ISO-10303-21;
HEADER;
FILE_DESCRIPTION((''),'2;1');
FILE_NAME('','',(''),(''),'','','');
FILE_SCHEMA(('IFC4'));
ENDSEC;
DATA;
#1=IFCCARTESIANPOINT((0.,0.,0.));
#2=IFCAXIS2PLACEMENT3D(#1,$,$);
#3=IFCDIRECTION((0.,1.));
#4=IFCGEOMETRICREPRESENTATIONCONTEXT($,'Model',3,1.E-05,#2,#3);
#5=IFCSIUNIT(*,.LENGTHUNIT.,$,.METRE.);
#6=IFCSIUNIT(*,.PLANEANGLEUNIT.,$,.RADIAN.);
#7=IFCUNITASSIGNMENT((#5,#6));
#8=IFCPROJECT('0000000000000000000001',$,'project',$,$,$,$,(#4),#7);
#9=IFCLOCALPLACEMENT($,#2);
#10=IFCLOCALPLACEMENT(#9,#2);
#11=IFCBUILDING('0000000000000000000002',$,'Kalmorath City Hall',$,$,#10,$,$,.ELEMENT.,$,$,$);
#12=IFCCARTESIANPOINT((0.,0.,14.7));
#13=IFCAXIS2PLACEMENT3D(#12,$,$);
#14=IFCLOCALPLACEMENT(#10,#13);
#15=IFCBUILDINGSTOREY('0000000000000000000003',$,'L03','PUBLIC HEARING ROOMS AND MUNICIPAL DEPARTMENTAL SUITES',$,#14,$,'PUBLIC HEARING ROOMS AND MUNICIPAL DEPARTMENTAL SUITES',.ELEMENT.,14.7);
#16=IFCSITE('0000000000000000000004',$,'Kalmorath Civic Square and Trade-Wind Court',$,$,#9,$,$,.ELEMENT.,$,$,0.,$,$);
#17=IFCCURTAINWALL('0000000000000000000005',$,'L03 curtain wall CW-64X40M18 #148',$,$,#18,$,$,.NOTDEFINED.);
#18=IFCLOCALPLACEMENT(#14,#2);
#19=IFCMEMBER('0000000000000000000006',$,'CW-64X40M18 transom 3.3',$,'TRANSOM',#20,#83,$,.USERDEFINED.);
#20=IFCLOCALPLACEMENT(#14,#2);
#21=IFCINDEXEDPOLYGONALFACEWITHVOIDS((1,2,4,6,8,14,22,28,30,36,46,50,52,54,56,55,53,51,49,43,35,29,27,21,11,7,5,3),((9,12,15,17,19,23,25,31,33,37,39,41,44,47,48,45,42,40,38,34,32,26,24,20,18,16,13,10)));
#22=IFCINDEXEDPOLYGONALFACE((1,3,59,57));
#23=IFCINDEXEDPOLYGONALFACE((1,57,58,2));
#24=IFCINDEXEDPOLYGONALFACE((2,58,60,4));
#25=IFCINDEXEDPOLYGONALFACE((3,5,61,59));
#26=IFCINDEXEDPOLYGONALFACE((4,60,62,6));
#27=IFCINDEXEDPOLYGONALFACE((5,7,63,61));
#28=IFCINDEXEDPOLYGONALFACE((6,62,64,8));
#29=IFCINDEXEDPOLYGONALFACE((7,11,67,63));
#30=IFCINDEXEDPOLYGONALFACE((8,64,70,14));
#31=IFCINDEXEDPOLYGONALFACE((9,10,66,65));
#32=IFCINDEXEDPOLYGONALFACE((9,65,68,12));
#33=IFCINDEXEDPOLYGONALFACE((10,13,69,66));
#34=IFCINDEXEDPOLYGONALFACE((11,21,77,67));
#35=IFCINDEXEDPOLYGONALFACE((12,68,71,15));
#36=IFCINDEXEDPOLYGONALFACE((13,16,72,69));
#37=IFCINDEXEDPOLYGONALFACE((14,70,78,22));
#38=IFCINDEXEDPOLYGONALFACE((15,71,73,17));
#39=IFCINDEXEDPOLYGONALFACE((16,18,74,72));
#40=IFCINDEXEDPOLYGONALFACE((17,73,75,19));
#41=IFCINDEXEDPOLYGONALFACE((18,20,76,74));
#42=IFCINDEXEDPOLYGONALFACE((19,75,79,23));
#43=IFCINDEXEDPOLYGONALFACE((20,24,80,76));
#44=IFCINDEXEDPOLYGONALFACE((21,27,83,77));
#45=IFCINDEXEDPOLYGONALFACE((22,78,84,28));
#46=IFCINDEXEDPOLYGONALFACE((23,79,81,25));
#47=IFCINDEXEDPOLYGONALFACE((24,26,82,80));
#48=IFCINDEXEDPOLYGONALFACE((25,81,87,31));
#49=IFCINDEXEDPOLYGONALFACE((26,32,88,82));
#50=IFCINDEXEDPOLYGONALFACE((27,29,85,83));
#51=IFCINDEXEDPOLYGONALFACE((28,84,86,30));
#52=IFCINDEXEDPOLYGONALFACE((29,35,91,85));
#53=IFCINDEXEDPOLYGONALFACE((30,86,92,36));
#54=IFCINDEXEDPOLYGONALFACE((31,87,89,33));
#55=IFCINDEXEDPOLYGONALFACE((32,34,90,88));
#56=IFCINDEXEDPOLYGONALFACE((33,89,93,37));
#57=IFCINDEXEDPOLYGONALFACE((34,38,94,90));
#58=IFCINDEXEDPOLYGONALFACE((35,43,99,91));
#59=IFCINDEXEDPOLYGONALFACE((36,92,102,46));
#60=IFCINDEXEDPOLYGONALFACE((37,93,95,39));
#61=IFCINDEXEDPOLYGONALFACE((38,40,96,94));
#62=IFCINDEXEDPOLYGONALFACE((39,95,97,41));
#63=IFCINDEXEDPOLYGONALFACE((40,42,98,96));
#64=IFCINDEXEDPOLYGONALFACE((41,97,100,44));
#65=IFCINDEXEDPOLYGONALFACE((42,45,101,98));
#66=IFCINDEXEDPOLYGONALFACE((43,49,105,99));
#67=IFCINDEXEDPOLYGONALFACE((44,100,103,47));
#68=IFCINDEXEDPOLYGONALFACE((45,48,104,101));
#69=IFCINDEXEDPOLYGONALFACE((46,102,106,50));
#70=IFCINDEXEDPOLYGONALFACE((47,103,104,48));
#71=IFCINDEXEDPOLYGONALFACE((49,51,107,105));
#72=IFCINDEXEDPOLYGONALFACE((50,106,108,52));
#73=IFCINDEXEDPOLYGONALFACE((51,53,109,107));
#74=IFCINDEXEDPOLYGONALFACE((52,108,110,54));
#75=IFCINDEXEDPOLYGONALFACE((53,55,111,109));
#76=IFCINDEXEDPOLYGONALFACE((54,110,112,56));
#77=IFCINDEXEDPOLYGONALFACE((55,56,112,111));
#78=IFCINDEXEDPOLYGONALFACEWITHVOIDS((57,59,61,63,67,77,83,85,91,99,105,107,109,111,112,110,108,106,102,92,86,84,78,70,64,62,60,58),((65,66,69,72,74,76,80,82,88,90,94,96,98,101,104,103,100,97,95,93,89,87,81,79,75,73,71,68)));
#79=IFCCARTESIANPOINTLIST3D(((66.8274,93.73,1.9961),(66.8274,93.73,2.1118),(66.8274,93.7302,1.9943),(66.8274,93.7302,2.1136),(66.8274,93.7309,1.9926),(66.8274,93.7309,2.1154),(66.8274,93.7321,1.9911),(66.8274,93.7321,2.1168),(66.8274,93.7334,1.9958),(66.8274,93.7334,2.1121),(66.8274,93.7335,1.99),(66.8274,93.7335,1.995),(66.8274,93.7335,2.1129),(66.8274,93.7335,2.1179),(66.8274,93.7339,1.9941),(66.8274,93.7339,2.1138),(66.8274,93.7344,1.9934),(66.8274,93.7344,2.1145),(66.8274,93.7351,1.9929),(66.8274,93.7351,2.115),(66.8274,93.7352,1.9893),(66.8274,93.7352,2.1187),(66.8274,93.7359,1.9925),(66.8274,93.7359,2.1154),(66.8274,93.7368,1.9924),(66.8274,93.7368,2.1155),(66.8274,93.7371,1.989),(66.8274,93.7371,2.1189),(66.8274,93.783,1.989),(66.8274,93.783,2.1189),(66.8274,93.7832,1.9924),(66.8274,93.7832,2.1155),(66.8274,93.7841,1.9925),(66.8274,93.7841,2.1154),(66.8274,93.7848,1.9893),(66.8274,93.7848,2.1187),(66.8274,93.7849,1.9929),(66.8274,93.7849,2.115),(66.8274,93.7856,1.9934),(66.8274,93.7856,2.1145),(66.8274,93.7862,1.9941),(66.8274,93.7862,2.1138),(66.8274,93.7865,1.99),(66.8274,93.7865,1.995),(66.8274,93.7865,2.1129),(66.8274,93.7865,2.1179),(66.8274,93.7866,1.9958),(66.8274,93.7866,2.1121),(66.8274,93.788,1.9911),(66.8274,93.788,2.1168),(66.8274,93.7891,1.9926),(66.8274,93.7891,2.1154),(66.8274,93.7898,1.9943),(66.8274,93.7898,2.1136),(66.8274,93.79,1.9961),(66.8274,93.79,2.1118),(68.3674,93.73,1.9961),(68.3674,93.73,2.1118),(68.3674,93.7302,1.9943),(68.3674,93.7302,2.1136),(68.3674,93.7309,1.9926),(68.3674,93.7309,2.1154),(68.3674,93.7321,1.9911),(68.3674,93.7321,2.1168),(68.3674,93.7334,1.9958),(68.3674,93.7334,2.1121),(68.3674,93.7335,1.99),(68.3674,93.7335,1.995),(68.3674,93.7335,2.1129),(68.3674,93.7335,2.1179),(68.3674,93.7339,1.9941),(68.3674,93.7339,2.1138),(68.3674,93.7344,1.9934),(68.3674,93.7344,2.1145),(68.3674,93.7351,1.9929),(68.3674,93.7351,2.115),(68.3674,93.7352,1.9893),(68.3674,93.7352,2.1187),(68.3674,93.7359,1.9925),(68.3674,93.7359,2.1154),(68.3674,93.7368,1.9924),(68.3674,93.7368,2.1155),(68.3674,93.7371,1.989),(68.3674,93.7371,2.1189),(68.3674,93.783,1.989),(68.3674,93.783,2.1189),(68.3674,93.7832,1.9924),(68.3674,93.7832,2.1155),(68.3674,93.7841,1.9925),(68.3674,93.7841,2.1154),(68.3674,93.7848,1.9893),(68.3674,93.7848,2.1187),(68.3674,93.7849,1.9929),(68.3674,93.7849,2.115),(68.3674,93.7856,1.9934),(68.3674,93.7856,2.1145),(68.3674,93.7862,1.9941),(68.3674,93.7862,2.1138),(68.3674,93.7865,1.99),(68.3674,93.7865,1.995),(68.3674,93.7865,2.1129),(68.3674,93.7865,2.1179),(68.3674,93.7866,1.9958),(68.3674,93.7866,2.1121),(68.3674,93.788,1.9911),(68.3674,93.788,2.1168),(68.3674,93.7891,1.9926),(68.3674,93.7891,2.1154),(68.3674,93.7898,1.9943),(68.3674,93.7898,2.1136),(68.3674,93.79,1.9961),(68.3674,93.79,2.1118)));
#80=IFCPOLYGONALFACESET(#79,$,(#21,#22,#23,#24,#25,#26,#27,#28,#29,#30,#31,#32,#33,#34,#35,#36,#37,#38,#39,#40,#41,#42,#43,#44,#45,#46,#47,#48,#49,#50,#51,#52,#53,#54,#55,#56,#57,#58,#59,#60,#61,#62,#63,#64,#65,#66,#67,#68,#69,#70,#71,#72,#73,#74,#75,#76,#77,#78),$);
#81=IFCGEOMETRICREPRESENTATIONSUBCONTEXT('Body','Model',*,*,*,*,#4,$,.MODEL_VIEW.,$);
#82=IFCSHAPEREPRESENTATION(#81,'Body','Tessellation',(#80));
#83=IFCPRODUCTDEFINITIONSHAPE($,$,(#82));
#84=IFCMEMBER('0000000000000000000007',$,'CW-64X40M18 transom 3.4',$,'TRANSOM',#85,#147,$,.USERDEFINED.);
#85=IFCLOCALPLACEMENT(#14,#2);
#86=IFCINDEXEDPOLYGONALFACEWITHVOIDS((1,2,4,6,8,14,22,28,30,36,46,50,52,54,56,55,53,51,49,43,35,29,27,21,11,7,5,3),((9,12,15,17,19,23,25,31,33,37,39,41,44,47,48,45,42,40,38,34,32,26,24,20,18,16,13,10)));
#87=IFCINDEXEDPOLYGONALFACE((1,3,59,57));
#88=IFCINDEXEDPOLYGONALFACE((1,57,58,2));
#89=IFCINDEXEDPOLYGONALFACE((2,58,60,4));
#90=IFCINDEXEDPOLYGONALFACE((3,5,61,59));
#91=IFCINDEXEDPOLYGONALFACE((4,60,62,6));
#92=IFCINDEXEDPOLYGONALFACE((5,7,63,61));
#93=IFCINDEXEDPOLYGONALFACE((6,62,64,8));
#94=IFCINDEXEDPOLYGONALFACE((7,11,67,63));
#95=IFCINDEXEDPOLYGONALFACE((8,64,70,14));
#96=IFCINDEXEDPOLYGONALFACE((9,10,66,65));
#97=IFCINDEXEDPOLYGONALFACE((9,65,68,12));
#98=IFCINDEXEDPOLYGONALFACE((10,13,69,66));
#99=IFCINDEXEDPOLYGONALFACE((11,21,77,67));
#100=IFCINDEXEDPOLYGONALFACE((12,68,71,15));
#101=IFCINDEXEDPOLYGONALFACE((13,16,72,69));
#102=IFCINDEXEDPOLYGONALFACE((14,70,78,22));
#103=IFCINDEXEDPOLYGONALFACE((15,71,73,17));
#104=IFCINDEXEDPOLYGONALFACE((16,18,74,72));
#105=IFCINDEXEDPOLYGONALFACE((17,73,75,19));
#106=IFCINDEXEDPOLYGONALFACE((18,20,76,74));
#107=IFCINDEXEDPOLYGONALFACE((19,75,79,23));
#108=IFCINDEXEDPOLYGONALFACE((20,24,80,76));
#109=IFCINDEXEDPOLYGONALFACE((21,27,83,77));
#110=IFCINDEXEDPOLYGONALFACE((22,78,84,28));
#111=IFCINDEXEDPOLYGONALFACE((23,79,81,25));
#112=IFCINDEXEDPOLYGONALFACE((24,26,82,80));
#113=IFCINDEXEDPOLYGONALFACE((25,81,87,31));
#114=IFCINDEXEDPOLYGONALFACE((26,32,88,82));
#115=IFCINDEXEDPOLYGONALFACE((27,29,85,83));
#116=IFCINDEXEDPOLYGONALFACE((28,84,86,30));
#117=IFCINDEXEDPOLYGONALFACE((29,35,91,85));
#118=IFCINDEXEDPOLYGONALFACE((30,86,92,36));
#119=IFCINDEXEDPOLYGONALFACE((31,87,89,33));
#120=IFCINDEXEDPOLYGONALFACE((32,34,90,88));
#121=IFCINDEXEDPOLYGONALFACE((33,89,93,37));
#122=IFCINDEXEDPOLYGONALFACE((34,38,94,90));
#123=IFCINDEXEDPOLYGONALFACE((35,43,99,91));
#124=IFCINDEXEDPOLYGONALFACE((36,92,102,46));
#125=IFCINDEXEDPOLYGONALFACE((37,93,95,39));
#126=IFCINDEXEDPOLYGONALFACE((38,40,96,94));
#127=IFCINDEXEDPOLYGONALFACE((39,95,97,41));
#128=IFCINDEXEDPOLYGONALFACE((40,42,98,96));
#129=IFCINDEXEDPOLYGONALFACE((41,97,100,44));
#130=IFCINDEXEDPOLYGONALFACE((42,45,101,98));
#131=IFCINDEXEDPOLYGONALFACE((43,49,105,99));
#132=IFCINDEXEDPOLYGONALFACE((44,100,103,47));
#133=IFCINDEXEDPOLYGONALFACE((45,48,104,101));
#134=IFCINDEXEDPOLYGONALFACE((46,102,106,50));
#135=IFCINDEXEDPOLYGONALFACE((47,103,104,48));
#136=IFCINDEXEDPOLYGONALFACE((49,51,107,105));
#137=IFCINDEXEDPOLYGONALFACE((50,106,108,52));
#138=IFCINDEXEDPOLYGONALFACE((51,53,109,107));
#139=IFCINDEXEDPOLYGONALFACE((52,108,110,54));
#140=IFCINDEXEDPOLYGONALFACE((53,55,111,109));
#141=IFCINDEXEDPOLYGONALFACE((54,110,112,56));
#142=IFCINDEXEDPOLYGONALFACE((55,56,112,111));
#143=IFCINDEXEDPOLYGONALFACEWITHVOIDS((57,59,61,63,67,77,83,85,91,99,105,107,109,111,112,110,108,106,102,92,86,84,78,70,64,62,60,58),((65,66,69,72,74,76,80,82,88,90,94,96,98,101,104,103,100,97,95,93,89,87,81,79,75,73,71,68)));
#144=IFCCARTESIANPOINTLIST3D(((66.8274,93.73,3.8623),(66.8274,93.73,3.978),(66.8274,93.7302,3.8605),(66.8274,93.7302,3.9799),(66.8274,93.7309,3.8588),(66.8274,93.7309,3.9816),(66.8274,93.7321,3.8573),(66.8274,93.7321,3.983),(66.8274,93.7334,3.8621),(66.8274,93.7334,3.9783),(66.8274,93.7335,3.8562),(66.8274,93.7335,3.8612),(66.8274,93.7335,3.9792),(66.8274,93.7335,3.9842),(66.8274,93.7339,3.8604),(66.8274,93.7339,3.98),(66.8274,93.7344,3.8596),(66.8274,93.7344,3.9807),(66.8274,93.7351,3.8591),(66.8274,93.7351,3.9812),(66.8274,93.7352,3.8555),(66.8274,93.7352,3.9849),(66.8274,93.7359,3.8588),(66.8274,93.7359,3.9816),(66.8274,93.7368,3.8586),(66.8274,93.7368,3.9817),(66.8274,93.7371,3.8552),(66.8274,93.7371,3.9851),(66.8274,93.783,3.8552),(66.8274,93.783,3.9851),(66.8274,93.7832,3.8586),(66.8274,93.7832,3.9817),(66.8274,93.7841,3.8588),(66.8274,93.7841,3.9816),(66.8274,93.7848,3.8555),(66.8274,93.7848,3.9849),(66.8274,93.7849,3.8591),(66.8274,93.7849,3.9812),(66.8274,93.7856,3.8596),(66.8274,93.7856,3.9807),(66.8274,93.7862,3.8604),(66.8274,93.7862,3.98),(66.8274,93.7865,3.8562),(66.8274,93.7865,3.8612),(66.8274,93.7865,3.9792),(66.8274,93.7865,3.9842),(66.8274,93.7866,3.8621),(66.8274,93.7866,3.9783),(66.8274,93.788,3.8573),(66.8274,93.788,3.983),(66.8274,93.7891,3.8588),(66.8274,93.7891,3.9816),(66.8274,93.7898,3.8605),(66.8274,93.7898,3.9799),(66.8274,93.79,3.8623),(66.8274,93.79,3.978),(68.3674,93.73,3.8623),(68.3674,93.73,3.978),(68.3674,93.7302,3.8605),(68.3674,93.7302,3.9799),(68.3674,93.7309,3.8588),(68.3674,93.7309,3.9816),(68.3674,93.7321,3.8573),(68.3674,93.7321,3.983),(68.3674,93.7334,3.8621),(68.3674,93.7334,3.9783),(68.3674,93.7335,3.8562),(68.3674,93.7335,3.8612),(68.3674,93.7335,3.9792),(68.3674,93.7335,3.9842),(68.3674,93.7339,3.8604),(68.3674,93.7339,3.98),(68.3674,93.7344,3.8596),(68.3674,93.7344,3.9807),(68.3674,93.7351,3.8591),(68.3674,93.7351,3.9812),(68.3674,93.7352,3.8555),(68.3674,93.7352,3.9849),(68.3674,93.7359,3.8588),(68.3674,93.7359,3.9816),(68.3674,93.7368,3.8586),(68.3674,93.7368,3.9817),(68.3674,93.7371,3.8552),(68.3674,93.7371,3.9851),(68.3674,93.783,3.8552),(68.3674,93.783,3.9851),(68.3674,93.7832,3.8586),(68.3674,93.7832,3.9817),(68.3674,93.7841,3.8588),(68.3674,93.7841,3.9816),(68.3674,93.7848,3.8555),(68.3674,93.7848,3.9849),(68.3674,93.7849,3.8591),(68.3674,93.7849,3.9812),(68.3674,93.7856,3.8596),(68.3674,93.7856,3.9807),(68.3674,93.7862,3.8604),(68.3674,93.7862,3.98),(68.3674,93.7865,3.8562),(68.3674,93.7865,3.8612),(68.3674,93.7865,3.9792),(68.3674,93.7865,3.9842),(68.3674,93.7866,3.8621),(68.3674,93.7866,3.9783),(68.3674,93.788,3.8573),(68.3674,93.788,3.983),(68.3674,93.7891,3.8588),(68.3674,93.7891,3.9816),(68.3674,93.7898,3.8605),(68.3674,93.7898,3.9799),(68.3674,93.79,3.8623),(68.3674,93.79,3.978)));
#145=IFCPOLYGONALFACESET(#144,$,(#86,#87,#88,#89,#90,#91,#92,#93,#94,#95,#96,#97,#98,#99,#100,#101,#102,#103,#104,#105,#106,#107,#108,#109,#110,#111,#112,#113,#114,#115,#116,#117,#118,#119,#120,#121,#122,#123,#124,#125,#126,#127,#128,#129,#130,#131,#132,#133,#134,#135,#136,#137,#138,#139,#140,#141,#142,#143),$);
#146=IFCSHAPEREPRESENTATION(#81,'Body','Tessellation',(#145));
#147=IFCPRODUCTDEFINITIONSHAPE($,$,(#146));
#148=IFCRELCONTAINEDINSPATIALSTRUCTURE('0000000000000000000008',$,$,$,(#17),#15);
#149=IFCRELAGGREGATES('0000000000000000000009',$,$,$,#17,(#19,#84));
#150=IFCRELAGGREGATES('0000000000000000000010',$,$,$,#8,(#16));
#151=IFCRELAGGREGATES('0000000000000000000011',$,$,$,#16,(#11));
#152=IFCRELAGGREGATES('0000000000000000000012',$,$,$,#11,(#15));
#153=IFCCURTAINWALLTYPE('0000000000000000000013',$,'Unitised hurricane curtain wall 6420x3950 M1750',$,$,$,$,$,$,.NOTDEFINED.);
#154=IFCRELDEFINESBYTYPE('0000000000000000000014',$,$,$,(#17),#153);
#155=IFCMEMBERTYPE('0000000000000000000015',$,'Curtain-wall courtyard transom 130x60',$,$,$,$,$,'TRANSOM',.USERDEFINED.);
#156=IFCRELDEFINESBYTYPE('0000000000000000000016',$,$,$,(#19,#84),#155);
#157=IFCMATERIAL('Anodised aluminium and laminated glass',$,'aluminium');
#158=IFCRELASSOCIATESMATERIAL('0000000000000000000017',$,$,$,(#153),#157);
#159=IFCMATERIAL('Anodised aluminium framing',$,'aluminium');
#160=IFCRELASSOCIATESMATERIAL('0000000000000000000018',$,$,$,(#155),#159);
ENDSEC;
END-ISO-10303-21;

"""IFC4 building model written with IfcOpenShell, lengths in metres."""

from ifc_helpers import new_model, si_unit, direction, frame, origin, origin_2d, place, context, subcontext, project, spatial, hollow_rectangle, extrude, material, material_profile, profile_set, type_object, element, aggregate, save


model = new_model("IFC4")

# Units and contexts
model_context = context("Model", 3, precision=1e-05, world=origin(), true_north=direction((0.0, 1.0)))
body_context = subcontext(model_context, "Body", "Model", "MODEL_VIEW")
ifc_project = project(units=[si_unit("LENGTHUNIT", "METRE"), si_unit("PLANEANGLEUNIT", "RADIAN")], contexts=[model_context])

# Site, building, storey
site_placement = place(None, origin())
site = spatial("IfcSite", under=ifc_project, at=site_placement, Name="Kalmorath Civic Square and Trade-Wind Court", CompositionType="ELEMENT", RefElevation=0.0)
building_placement = place(site_placement, origin())
building = spatial("IfcBuilding", under=site, at=building_placement, Name="Kalmorath City Hall", CompositionType="ELEMENT")
storey_placement = place(building_placement, frame((0.0, 0.0, 14.7)))
storey = spatial("IfcBuildingStorey", under=building, at=storey_placement, Name="L03", Description="PUBLIC HEARING ROOMS AND MUNICIPAL DEPARTMENTAL SUITES", LongName="PUBLIC HEARING ROOMS AND MUNICIPAL DEPARTMENTAL SUITES", CompositionType="ELEMENT", Elevation=14.7)

# Curtain wall, members
ifc_material_1 = material(Name="Anodised aluminium and laminated glass", Category="aluminium")
curtain_wall_type = type_object("IfcCurtainWallType", Name="Unitised hurricane curtain wall 6420x3950 M1750", PredefinedType="NOTDEFINED", material=ifc_material_1)
curtain_wall_placement = place(storey_placement, origin())
curtain_wall = element("IfcCurtainWall", 1, at=curtain_wall_placement, inside=storey, type_object=curtain_wall_type, Name="L03 curtain wall CW-64X40M18 #148", PredefinedType="NOTDEFINED")
ifc_material_2 = material(Name="Anodised aluminium framing", Category="aluminium")
ifc_material_profile_1 = material_profile(ifc_material_2, hollow_rectangle(XDim=0.0601, YDim=0.1299, WallThickness=0.0034, InnerFilletRadius=0.0034, OuterFilletRadius=0.0071, at=origin_2d()), Name="ALU-TRN-130X60X3.5")
ifc_profile_set_1 = profile_set([ifc_material_profile_1], Name="Anodised aluminium framing")
member_type_1 = type_object("IfcMemberType", Name="Curtain-wall courtyard transom 130x60", ElementType="TRANSOM", PredefinedType="USERDEFINED", material=ifc_profile_set_1)
member_1_placement = place(storey_placement, frame((68.3674, 93.76, 2.054), z_axis=(-1.0, 0.0, 0.0), x_axis=(0.0, -1.0, 0.0)))
member_1 = element("IfcMember", 2, at=member_1_placement, type_object=member_type_1, Name="CW-64X40M18 transom 3.3", ObjectType="TRANSOM", PredefinedType="USERDEFINED", context=body_context, shape_type="SweptSolid", body=[
    extrude(hollow_rectangle(XDim=0.0601, YDim=0.1299, WallThickness=0.0034, InnerFilletRadius=0.0034, OuterFilletRadius=0.0071, at=origin_2d()), origin(), (0.0, 0.0, 1.0), 1.54),
])
member_2_placement = place(storey_placement, frame((68.3674, 93.76, 3.9202), z_axis=(-1.0, 0.0, 0.0), x_axis=(0.0, -1.0, 0.0)))
member_2 = element("IfcMember", 3, at=member_2_placement, type_object=member_type_1, Name="CW-64X40M18 transom 3.4", ObjectType="TRANSOM", PredefinedType="USERDEFINED", context=body_context, shape_type="SweptSolid", body=[
    extrude(hollow_rectangle(XDim=0.0601, YDim=0.1299, WallThickness=0.0034, InnerFilletRadius=0.0034, OuterFilletRadius=0.0071, at=origin_2d()), origin(), (0.0, 0.0, 1.0), 1.54),
])
aggregate(curtain_wall, [member_1, member_2])

save(model, "model.ifc")
